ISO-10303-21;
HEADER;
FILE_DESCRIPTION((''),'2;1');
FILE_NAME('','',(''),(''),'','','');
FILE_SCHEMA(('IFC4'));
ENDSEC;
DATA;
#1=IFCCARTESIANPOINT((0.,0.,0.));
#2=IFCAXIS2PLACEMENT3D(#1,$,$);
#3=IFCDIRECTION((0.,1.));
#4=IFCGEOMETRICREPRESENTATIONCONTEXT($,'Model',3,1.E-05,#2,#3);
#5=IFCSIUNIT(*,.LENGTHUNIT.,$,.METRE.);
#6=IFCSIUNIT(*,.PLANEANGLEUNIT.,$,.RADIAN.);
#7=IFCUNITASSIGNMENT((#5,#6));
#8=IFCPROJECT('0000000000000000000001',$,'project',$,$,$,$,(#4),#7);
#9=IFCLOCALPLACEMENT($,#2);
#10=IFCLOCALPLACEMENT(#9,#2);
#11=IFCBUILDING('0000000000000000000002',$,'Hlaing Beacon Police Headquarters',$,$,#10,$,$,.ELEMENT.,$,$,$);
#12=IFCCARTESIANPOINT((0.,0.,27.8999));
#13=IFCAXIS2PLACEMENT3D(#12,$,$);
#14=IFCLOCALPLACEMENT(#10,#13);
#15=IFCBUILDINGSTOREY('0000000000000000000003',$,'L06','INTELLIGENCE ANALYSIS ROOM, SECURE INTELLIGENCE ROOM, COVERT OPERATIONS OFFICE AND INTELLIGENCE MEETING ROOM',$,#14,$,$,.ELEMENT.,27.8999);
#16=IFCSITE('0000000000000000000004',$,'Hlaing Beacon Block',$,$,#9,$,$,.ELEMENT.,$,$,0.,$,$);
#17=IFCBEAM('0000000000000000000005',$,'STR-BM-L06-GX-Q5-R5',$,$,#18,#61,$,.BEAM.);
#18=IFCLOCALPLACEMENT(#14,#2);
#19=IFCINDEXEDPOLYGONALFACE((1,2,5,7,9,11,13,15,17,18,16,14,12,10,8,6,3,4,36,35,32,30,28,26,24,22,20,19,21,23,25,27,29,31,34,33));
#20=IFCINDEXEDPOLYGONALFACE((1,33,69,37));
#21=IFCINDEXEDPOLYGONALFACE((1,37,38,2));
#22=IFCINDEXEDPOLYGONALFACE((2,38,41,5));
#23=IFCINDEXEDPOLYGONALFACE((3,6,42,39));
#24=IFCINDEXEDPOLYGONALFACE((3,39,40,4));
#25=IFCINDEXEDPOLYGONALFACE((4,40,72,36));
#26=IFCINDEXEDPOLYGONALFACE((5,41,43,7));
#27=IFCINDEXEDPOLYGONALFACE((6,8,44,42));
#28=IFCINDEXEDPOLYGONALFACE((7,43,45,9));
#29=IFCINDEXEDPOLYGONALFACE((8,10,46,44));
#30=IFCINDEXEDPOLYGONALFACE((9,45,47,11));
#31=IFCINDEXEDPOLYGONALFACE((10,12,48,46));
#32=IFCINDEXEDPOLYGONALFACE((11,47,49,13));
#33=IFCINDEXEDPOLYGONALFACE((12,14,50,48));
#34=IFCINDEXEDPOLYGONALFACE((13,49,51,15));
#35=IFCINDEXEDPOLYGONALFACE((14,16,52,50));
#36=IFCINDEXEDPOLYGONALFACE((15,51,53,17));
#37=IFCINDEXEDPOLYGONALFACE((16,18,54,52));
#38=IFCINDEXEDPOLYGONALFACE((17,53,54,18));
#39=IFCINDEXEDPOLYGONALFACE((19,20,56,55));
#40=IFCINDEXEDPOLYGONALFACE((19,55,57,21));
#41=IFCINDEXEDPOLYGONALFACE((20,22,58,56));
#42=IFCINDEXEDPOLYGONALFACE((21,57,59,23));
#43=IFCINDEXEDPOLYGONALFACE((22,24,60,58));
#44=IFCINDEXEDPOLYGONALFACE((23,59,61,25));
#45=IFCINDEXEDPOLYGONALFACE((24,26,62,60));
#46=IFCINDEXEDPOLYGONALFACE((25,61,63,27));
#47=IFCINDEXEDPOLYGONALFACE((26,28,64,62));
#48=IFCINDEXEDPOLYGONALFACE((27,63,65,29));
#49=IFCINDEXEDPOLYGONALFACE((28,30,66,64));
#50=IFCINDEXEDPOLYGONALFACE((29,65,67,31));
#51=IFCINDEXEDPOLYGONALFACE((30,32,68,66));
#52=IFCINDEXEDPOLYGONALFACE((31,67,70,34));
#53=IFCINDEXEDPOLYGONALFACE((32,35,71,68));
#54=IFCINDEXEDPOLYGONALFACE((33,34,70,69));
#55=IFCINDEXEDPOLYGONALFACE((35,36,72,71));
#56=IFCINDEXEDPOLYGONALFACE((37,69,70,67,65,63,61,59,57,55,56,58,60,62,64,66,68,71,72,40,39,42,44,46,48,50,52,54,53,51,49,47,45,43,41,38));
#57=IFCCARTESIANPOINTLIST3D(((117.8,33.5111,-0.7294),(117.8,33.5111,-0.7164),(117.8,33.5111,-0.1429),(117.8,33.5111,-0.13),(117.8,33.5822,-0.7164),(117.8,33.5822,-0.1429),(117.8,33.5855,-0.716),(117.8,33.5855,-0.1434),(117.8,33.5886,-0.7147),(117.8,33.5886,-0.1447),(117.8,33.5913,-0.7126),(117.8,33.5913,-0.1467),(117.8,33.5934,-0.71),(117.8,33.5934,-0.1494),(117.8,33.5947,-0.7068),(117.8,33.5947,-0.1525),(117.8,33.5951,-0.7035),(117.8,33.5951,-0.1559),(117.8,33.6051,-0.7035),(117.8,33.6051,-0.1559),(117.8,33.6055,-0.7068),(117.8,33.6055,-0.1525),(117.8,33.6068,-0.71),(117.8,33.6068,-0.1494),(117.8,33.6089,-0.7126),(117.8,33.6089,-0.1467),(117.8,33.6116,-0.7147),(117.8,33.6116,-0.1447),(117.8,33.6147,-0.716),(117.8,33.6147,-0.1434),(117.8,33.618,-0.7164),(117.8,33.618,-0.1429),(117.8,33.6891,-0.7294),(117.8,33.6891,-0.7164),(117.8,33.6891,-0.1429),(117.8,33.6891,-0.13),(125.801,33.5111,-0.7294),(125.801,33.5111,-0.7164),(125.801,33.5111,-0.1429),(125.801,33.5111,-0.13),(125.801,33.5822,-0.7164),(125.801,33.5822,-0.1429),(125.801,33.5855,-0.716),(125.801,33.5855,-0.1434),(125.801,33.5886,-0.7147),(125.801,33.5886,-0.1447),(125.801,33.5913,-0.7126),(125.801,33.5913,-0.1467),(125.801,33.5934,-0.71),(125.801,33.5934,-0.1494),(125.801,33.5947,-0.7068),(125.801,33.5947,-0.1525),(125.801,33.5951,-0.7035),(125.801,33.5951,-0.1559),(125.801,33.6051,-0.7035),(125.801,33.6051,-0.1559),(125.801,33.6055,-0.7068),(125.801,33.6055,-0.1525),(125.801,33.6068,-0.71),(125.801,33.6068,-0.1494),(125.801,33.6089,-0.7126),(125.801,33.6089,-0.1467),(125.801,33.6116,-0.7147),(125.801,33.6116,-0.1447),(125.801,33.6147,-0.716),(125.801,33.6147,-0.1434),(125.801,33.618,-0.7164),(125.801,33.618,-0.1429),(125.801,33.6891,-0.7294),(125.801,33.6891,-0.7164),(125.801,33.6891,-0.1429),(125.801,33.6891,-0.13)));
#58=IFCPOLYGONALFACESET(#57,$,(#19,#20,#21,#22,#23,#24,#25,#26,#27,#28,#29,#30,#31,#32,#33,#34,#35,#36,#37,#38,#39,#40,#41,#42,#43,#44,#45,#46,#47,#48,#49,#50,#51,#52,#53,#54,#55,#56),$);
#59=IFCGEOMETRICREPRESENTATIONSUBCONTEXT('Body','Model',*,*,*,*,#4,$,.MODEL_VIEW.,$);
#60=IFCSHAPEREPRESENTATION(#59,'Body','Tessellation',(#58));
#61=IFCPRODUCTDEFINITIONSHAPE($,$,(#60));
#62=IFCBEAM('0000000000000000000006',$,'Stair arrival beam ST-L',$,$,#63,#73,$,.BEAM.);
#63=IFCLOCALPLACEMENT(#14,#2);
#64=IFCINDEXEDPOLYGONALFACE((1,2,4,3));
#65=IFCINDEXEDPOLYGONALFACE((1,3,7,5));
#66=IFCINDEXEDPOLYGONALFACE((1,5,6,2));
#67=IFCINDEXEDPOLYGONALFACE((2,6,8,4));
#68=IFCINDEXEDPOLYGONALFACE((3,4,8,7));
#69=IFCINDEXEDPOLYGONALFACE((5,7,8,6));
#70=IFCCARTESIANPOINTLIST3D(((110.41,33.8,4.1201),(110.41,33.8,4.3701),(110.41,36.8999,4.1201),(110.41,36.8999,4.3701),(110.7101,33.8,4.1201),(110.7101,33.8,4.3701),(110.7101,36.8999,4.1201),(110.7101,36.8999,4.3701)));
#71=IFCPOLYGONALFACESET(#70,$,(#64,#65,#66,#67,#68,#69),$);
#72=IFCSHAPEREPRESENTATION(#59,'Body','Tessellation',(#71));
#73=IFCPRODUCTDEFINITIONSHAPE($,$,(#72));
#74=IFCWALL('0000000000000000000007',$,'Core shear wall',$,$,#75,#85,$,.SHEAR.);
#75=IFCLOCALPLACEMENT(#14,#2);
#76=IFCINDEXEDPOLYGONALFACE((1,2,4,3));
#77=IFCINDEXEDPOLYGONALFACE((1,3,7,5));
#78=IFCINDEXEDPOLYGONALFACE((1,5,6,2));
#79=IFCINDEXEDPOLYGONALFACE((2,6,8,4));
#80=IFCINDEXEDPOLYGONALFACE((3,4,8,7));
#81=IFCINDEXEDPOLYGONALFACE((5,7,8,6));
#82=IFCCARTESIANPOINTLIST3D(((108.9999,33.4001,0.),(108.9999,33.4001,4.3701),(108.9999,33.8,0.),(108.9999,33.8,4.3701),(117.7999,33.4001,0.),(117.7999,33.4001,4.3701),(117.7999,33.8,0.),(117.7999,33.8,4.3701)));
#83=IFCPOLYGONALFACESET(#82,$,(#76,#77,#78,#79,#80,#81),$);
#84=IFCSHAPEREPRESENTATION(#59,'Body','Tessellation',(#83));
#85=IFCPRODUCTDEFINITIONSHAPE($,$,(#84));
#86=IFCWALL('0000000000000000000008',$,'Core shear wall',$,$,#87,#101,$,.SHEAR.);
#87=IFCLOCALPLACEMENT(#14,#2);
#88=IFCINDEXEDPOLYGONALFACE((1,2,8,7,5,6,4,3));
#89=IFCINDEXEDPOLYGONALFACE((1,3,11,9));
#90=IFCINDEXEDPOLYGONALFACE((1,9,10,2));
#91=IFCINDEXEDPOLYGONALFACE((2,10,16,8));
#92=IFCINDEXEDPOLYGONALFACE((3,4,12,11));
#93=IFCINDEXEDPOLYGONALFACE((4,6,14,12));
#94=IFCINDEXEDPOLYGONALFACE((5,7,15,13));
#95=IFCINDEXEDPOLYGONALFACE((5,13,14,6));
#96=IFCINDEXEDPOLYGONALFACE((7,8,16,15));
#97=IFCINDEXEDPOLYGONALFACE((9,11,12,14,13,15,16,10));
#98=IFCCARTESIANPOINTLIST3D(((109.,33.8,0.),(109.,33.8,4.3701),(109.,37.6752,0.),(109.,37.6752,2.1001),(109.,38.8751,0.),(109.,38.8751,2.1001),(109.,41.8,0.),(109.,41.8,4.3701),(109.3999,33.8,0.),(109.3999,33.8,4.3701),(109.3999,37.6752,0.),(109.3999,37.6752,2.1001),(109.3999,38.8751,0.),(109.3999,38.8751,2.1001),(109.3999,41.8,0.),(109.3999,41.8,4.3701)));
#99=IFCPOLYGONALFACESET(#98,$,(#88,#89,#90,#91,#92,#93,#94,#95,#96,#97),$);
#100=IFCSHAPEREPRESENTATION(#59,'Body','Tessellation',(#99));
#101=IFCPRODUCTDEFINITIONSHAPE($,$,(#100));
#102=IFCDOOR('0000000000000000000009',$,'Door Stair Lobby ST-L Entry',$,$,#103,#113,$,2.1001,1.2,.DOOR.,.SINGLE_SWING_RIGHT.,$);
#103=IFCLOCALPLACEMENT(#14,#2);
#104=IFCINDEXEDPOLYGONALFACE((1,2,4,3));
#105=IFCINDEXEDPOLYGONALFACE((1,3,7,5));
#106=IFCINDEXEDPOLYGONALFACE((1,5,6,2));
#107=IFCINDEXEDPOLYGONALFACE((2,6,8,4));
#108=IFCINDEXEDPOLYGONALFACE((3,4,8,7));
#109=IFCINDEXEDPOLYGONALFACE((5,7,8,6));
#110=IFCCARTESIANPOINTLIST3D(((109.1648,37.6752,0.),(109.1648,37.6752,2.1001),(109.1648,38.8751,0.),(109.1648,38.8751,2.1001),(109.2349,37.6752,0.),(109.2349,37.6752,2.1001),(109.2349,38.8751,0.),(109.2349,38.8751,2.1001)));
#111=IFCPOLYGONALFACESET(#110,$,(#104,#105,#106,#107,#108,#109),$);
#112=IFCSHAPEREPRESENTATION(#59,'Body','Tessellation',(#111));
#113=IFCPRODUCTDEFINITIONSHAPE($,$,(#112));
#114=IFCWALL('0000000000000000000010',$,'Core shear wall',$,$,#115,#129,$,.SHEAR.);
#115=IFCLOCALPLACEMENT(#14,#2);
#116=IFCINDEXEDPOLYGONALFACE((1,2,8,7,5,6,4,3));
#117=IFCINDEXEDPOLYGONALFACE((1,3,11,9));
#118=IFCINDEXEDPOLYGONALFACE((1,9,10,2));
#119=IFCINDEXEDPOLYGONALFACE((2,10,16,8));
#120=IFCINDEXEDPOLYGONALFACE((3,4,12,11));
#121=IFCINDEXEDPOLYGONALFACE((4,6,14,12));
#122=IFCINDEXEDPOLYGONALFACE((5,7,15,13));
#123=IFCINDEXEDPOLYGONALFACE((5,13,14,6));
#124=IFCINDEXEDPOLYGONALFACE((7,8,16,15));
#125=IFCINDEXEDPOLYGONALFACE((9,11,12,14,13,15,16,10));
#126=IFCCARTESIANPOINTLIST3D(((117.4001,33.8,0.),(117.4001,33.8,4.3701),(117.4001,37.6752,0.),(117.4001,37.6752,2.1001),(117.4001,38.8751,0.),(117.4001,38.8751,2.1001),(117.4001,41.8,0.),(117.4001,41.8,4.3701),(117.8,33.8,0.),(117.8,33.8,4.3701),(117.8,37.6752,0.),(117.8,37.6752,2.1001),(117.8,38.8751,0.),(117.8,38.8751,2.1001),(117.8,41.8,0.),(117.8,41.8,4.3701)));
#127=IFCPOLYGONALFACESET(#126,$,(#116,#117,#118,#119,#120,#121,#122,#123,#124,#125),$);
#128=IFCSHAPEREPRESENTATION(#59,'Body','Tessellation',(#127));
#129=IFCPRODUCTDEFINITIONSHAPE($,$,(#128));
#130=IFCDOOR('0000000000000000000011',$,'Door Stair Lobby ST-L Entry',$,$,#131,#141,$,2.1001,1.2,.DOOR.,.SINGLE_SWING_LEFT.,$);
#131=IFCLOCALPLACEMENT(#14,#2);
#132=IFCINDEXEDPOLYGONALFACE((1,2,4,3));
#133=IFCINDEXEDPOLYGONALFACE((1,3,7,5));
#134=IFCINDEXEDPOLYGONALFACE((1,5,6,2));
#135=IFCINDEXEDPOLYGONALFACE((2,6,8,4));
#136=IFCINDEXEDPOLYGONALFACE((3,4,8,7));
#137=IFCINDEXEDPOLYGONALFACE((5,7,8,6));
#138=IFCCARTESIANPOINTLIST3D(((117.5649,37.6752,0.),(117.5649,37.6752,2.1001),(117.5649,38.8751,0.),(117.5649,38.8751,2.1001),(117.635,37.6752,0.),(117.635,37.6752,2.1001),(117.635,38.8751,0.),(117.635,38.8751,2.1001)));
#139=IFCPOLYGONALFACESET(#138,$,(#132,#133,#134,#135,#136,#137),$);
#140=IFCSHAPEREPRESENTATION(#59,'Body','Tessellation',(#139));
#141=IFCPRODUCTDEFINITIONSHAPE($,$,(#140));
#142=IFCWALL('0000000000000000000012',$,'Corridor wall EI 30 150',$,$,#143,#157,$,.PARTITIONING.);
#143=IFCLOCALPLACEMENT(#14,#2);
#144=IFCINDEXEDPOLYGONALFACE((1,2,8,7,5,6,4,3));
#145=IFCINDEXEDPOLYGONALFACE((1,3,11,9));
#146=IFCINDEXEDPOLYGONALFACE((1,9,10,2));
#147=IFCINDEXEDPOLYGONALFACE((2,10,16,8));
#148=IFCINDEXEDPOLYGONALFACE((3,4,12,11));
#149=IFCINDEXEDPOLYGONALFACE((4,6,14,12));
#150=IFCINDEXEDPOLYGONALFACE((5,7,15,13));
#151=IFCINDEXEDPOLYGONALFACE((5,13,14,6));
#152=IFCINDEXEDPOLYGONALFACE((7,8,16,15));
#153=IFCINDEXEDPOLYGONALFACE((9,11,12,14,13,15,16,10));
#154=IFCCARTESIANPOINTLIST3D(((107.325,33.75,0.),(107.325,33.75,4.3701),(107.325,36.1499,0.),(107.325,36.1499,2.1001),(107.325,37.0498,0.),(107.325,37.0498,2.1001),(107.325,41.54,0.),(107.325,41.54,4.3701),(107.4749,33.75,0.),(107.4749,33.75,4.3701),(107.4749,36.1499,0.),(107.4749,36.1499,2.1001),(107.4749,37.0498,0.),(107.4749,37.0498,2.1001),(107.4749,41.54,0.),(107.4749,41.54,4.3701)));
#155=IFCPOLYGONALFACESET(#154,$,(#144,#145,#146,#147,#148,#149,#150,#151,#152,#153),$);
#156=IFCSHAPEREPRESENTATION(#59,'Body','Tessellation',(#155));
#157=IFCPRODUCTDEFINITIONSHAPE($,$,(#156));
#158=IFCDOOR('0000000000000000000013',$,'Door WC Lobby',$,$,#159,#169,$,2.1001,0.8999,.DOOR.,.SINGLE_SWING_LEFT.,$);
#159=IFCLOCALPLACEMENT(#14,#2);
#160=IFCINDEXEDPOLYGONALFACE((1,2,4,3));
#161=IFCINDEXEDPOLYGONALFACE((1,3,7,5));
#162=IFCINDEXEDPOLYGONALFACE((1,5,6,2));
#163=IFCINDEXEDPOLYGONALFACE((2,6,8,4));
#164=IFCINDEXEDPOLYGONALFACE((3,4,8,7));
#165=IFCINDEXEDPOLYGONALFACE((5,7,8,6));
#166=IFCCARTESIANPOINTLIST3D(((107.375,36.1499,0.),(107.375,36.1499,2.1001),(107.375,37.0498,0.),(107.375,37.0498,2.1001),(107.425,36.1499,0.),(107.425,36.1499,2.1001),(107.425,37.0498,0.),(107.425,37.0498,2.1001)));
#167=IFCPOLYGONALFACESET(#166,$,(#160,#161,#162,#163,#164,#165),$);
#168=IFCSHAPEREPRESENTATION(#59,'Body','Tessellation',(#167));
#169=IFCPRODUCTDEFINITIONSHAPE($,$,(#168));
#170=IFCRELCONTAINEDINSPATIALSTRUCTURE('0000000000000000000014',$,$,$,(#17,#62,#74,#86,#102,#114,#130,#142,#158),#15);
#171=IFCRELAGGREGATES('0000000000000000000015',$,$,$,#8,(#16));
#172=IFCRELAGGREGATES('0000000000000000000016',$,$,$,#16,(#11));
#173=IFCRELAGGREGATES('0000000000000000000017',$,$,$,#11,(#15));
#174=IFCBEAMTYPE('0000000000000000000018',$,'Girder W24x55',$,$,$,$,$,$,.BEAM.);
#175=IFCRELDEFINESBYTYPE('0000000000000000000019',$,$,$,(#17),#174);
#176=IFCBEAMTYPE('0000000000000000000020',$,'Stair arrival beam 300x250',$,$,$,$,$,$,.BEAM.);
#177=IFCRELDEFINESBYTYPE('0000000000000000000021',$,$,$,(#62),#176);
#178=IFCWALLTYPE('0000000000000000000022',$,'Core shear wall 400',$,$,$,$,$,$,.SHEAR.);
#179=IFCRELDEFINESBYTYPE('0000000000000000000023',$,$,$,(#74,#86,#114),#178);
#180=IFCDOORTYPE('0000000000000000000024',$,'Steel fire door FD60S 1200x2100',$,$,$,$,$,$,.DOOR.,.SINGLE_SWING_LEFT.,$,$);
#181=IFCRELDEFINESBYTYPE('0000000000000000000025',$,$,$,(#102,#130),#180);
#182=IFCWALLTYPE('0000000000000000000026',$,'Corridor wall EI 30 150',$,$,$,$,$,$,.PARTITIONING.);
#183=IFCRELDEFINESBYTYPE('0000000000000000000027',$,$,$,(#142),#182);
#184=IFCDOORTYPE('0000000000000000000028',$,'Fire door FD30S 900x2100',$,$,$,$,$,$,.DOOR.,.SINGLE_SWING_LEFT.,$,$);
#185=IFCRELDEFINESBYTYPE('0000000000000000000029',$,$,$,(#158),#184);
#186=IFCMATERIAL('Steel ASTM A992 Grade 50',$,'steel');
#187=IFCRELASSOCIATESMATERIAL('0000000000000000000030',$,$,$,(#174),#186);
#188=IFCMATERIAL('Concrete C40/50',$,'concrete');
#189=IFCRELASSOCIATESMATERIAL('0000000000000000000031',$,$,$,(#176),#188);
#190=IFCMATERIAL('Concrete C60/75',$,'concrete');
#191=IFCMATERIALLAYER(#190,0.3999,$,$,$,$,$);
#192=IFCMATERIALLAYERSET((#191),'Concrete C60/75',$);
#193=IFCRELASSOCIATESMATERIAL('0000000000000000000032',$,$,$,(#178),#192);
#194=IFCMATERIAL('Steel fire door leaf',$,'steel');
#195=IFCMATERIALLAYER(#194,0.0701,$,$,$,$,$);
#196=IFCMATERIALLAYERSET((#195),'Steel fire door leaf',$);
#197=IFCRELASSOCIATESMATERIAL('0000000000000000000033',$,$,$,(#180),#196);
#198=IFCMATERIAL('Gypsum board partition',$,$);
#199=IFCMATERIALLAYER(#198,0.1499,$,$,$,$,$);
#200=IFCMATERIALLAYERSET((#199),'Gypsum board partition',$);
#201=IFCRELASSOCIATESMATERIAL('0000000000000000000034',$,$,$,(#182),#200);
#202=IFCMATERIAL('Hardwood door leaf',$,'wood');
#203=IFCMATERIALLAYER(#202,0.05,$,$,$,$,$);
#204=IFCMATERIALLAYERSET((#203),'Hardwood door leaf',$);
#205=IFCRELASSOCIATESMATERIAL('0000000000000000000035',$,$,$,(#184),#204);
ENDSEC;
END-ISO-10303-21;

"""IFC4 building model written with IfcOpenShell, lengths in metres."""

from ifc_helpers import new_model, si_unit, direction, frame, frame_2d, origin, origin_2d, place, context, subcontext, project, spatial, rectangle, i_section, extrude, material, layer, layer_set, material_profile, profile_set, type_object, element, fill, save


model = new_model("IFC4")

# Units and contexts
model_context = context("Model", 3, precision=1e-05, world=origin(), true_north=direction((0.0, 1.0)))
body_context = subcontext(model_context, "Body", "Model", "MODEL_VIEW")
ifc_project = project(units=[si_unit("LENGTHUNIT", "METRE"), si_unit("PLANEANGLEUNIT", "RADIAN")], contexts=[model_context])

# Site, building, storey
site_placement = place(None, origin())
site = spatial("IfcSite", under=ifc_project, at=site_placement, Name="Hlaing Beacon Block", CompositionType="ELEMENT", RefElevation=0.0)
building_placement = place(site_placement, origin())
building = spatial("IfcBuilding", under=site, at=building_placement, Name="Hlaing Beacon Police Headquarters", CompositionType="ELEMENT")
storey_placement = place(building_placement, frame((0.0, 0.0, 27.8999)))
storey = spatial("IfcBuildingStorey", under=building, at=storey_placement, Name="L06", Description="INTELLIGENCE ANALYSIS ROOM, SECURE INTELLIGENCE ROOM, COVERT OPERATIONS OFFICE AND INTELLIGENCE MEETING ROOM", CompositionType="ELEMENT", Elevation=27.8999)

# Beams
ifc_material_1 = material(Name="Steel ASTM A992 Grade 50", Category="steel")
ifc_material_profile_1 = material_profile(ifc_material_1, i_section(OverallWidth=0.178, OverallDepth=0.5994, WebThickness=0.01, FlangeThickness=0.0129, FilletRadius=0.0129, at=origin_2d()), Name="W24x55")
ifc_profile_set_1 = profile_set([ifc_material_profile_1], Name="Steel ASTM A992 Grade 50")
beam_type_1 = type_object("IfcBeamType", Name="Girder W24x55", PredefinedType="BEAM", material=ifc_profile_set_1)
beam_1_placement = place(storey_placement, frame((117.8, 33.6001, -0.4297), z_axis=(1.0, 0.0, 0.0), x_axis=(0.0, 1.0, 0.0)))
element("IfcBeam", 1, at=beam_1_placement, inside=storey, type_object=beam_type_1, Name="STR-BM-L06-GX-Q5-R5", PredefinedType="BEAM", context=body_context, shape_type="SweptSolid", body=[
    extrude(i_section(OverallWidth=0.178, OverallDepth=0.5994, WebThickness=0.01, FlangeThickness=0.0129, FilletRadius=0.0129, at=origin_2d()), origin(), (0.0, 0.0, 1.0), 8.001),
])
ifc_material_2 = material(Name="Concrete C40/50", Category="concrete")
ifc_material_profile_2 = material_profile(ifc_material_2, rectangle(XDim=0.3, YDim=0.25, at=origin_2d()), Name="Stair arrival beam 300x250")
ifc_profile_set_2 = profile_set([ifc_material_profile_2], Name="Concrete C40/50")
beam_type_2 = type_object("IfcBeamType", Name="Stair arrival beam 300x250", PredefinedType="BEAM", material=ifc_profile_set_2)
beam_2_placement = place(storey_placement, frame((110.5601, 33.8, 4.2451), z_axis=(0.0, 1.0, 0.0), x_axis=(-1.0, 0.0, 0.0)))
element("IfcBeam", 2, at=beam_2_placement, inside=storey, type_object=beam_type_2, Name="Stair arrival beam ST-L", PredefinedType="BEAM", context=body_context, shape_type="SweptSolid", body=[
    extrude(rectangle(XDim=0.3, YDim=0.25, at=origin_2d()), origin(), (0.0, 0.0, 1.0), 3.0999),
])

# Wall
ifc_material_3 = material(Name="Concrete C60/75", Category="concrete")
ifc_layer_1 = layer(ifc_material_3, 0.3999)
ifc_layer_set_1 = layer_set([ifc_layer_1], Name="Concrete C60/75")
wall_type_1 = type_object("IfcWallType", Name="Core shear wall 400", PredefinedType="SHEAR", material=ifc_layer_set_1)
wall_1_placement = place(storey_placement, frame((109.0, 33.6001, 0.0), z_axis=(0.0, 0.0, 1.0), x_axis=(1.0, 0.0, 0.0)))
element("IfcWall", 3, at=wall_1_placement, inside=storey, type_object=wall_type_1, Name="Core shear wall", PredefinedType="SHEAR", context=body_context, shape_type="SweptSolid", body=[
    extrude(rectangle(XDim=8.8, YDim=0.3999, at=frame_2d((4.3999, 0.0))), origin(), (0.0, 0.0, 1.0), 4.3701),
])

# Walls, openings, doors
wall_2_placement = place(storey_placement, frame((109.2, 33.8, 0.0), z_axis=(0.0, 0.0, 1.0), x_axis=(0.0, 1.0, 0.0)))
wall_2 = element("IfcWall", 4, at=wall_2_placement, inside=storey, type_object=wall_type_1, Name="Core shear wall", PredefinedType="SHEAR", context=body_context, shape_type="SweptSolid", body=[
    extrude(rectangle(XDim=8.0, YDim=0.3999, at=frame_2d((4.0, 0.0))), origin(), (0.0, 0.0, 1.0), 4.3701),
])
opening_1_placement = place(wall_2_placement, frame((3.875, 0.0, 0.0)))
opening_1 = element("IfcOpeningElement", 5, at=opening_1_placement, cuts=wall_2, PredefinedType="OPENING", context=body_context, shape_type="SweptSolid", body=[
    extrude(rectangle(XDim=1.2, YDim=2.1001, at=frame_2d((0.6001, 1.05))), frame((0.0, 0.21, 0.0), z_axis=(0.0, -1.0, 0.0), x_axis=(1.0, 0.0, 0.0)), (0.0, 0.0, 1.0), 0.4199),
])
ifc_material_4 = material(Name="Steel fire door leaf", Category="steel")
ifc_layer_2 = layer(ifc_material_4, 0.0701)
ifc_layer_set_2 = layer_set([ifc_layer_2], Name="Steel fire door leaf")
door_type_1 = type_object("IfcDoorType", Name="Steel fire door FD60S 1200x2100", OperationType="SINGLE_SWING_LEFT", PredefinedType="DOOR", material=ifc_layer_set_2)
door_1_placement = place(opening_1_placement, frame((1.2, 0.0, 0.0), z_axis=(0.0, 0.0, 1.0), x_axis=(-1.0, 0.0, 0.0)))
door_1 = element("IfcDoor", 6, at=door_1_placement, inside=storey, type_object=door_type_1, Name="Door Stair Lobby ST-L Entry", OperationType="SINGLE_SWING_RIGHT", OverallHeight=2.1001, OverallWidth=1.2, PredefinedType="DOOR", context=body_context, shape_type="SweptSolid", body=[
    extrude(rectangle(XDim=1.2, YDim=2.1001, at=frame_2d((0.5999, 1.05))), frame((0.0, 0.0349, 0.0), z_axis=(0.0, -1.0, 0.0), x_axis=(1.0, 0.0, 0.0)), (0.0, 0.0, 1.0), 0.0701),
])
fill(opening_1, door_1)
wall_3_placement = place(storey_placement, frame((117.6001, 33.8, 0.0), z_axis=(0.0, 0.0, 1.0), x_axis=(0.0, 1.0, 0.0)))
wall_3 = element("IfcWall", 7, at=wall_3_placement, inside=storey, type_object=wall_type_1, Name="Core shear wall", PredefinedType="SHEAR", context=body_context, shape_type="SweptSolid", body=[
    extrude(rectangle(XDim=8.0, YDim=0.3999, at=frame_2d((4.0, 0.0))), origin(), (0.0, 0.0, 1.0), 4.3701),
])
opening_2_placement = place(wall_3_placement, frame((3.875, 0.0, 0.0)))
opening_2 = element("IfcOpeningElement", 8, at=opening_2_placement, cuts=wall_3, PredefinedType="OPENING", context=body_context, shape_type="SweptSolid", body=[
    extrude(rectangle(XDim=1.2, YDim=2.1001, at=frame_2d((0.6001, 1.05))), frame((0.0, 0.21, 0.0), z_axis=(0.0, -1.0, 0.0), x_axis=(1.0, 0.0, 0.0)), (0.0, 0.0, 1.0), 0.4199),
])
door_2_placement = place(opening_2_placement, origin())
door_2 = element("IfcDoor", 9, at=door_2_placement, inside=storey, type_object=door_type_1, Name="Door Stair Lobby ST-L Entry", OperationType="SINGLE_SWING_LEFT", OverallHeight=2.1001, OverallWidth=1.2, PredefinedType="DOOR", context=body_context, shape_type="SweptSolid", body=[
    extrude(rectangle(XDim=1.2, YDim=2.1001, at=frame_2d((0.6001, 1.05))), frame((0.0, 0.0352, 0.0), z_axis=(0.0, -1.0, 0.0), x_axis=(1.0, 0.0, 0.0)), (0.0, 0.0, 1.0), 0.0701),
])
fill(opening_2, door_2)
ifc_material_5 = material(Name="Gypsum board partition")
ifc_layer_3 = layer(ifc_material_5, 0.1499)
ifc_layer_set_3 = layer_set([ifc_layer_3], Name="Gypsum board partition")
wall_type_2 = type_object("IfcWallType", Name="Corridor wall EI 30 150", PredefinedType="PARTITIONING", material=ifc_layer_set_3)
wall_4_placement = place(storey_placement, frame((107.3999, 33.75, 0.0), z_axis=(0.0, 0.0, 1.0), x_axis=(0.0, 1.0, 0.0)))
wall_4 = element("IfcWall", 10, at=wall_4_placement, inside=storey, type_object=wall_type_2, Name="Corridor wall EI 30 150", PredefinedType="PARTITIONING", context=body_context, shape_type="SweptSolid", body=[
    extrude(rectangle(XDim=7.79, YDim=0.1499, at=frame_2d((3.895, 0.0))), origin(), (0.0, 0.0, 1.0), 4.3701),
])
opening_3_placement = place(wall_4_placement, frame((2.3999, 0.0, 0.0)))
opening_3 = element("IfcOpeningElement", 11, at=opening_3_placement, cuts=wall_4, PredefinedType="OPENING", context=body_context, shape_type="SweptSolid", body=[
    extrude(rectangle(XDim=0.8999, YDim=2.1001, at=frame_2d((0.45, 1.05))), frame((0.0, 0.085, 0.0), z_axis=(0.0, -1.0, 0.0), x_axis=(1.0, 0.0, 0.0)), (0.0, 0.0, 1.0), 0.1699),
])
ifc_material_6 = material(Name="Hardwood door leaf", Category="wood")
ifc_layer_4 = layer(ifc_material_6, 0.05)
ifc_layer_set_4 = layer_set([ifc_layer_4], Name="Hardwood door leaf")
door_type_2 = type_object("IfcDoorType", Name="Fire door FD30S 900x2100", OperationType="SINGLE_SWING_LEFT", PredefinedType="DOOR", material=ifc_layer_set_4)
door_3_placement = place(opening_3_placement, origin())
door_3 = element("IfcDoor", 12, at=door_3_placement, inside=storey, type_object=door_type_2, Name="Door WC Lobby", OperationType="SINGLE_SWING_LEFT", OverallHeight=2.1001, OverallWidth=0.8999, PredefinedType="DOOR", context=body_context, shape_type="SweptSolid", body=[
    extrude(rectangle(XDim=0.8999, YDim=2.1001, at=frame_2d((0.45, 1.05))), frame((0.0, 0.0249, 0.0), z_axis=(0.0, -1.0, 0.0), x_axis=(1.0, 0.0, 0.0)), (0.0, 0.0, 1.0), 0.05),
])
fill(opening_3, door_3)

save(model, "model.ifc")
